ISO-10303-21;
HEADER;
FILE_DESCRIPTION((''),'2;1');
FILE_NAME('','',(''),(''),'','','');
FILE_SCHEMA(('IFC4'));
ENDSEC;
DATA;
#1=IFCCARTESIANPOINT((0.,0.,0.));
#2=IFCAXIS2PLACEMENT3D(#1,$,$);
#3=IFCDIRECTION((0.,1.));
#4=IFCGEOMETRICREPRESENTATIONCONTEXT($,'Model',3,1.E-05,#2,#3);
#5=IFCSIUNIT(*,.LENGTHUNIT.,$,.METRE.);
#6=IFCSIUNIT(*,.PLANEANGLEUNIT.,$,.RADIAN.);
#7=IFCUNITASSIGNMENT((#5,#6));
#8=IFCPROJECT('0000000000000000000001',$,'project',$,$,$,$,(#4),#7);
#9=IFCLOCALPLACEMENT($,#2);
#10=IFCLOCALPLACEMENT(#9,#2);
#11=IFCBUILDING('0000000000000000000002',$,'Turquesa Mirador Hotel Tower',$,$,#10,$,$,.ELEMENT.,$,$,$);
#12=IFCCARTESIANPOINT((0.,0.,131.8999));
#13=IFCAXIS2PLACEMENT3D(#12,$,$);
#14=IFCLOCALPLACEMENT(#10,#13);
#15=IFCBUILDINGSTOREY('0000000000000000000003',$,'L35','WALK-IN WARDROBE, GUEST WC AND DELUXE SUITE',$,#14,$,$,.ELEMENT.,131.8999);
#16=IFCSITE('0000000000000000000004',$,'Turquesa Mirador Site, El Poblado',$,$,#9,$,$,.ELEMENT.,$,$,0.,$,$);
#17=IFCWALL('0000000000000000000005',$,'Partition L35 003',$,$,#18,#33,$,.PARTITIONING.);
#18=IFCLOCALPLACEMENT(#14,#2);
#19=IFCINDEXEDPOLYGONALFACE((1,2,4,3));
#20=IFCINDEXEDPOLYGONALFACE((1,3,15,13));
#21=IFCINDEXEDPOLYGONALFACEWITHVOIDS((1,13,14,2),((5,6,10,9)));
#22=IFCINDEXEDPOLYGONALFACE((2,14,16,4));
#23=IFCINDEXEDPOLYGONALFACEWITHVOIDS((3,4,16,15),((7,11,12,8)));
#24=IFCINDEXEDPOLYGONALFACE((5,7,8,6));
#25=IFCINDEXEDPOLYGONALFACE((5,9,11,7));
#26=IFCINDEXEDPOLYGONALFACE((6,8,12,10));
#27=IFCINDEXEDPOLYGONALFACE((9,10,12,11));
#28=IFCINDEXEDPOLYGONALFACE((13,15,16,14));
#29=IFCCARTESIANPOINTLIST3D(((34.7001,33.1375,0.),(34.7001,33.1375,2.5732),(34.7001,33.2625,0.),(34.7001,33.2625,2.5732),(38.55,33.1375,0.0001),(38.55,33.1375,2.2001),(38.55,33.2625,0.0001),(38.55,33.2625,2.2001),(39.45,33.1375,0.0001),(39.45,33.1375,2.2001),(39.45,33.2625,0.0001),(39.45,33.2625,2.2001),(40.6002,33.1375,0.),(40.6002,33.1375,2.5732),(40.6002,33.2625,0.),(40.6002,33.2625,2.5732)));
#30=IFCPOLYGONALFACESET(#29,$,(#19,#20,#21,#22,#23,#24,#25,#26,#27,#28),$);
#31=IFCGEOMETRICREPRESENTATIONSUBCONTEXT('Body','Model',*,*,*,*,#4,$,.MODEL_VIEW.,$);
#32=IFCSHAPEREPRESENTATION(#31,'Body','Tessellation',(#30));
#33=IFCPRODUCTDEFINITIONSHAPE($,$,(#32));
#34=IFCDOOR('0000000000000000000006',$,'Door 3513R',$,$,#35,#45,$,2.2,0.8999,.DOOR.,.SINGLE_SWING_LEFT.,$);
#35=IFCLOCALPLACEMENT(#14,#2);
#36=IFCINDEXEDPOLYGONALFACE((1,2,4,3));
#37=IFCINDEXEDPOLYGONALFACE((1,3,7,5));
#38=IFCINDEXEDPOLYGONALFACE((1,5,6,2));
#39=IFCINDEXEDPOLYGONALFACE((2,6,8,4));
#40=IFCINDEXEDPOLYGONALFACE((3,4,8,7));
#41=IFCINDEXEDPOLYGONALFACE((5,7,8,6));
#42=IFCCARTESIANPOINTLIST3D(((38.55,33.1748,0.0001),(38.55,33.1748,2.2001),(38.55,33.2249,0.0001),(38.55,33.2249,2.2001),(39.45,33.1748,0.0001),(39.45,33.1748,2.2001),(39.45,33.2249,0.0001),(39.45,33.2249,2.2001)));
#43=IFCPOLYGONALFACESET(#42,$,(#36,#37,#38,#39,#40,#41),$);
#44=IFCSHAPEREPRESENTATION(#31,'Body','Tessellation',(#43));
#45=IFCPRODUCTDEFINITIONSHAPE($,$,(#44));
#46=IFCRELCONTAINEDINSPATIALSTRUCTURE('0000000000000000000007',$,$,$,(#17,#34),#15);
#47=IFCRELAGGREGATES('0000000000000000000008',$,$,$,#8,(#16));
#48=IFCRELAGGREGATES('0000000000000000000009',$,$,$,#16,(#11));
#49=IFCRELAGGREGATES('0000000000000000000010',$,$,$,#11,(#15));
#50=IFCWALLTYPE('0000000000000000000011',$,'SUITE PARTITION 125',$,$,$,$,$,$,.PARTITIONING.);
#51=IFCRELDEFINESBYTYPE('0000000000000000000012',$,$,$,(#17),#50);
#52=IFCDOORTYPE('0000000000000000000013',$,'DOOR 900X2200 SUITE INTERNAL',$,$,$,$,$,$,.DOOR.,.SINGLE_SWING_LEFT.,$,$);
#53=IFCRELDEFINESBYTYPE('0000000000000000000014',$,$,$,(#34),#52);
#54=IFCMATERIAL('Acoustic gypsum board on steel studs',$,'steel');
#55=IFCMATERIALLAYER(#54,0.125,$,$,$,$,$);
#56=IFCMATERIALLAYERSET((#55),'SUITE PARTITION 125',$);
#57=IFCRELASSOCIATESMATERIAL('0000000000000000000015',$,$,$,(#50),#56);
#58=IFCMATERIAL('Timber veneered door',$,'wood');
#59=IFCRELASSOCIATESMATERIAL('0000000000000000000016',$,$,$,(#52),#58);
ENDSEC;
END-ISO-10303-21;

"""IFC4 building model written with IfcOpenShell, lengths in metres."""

from ifc_helpers import new_model, si_unit, direction, frame, frame_2d, origin, place, context, subcontext, project, spatial, rectangle, extrude, material, layer, layer_set, type_object, element, fill, save


model = new_model("IFC4")

# Units and contexts
model_context = context("Model", 3, precision=1e-05, world=origin(), true_north=direction((0.0, 1.0)))
body_context = subcontext(model_context, "Body", "Model", "MODEL_VIEW")
ifc_project = project(units=[si_unit("LENGTHUNIT", "METRE"), si_unit("PLANEANGLEUNIT", "RADIAN")], contexts=[model_context])

# Site, building, storey
site_placement = place(None, origin())
site = spatial("IfcSite", under=ifc_project, at=site_placement, Name="Turquesa Mirador Site, El Poblado", CompositionType="ELEMENT", RefElevation=0.0)
building_placement = place(site_placement, origin())
building = spatial("IfcBuilding", under=site, at=building_placement, Name="Turquesa Mirador Hotel Tower", CompositionType="ELEMENT")
storey_placement = place(building_placement, frame((0.0, 0.0, 131.8999)))
storey = spatial("IfcBuildingStorey", under=building, at=storey_placement, Name="L35", Description="WALK-IN WARDROBE, GUEST WC AND DELUXE SUITE", CompositionType="ELEMENT", Elevation=131.8999)

# Wall, opening, door
ifc_material_1 = material(Name="Acoustic gypsum board on steel studs", Category="steel")
ifc_layer_1 = layer(ifc_material_1, 0.125)
ifc_layer_set_1 = layer_set([ifc_layer_1], Name="SUITE PARTITION 125")
wall_type_1 = type_object("IfcWallType", Name="SUITE PARTITION 125", PredefinedType="PARTITIONING", material=ifc_layer_set_1)
wall_1_placement = place(storey_placement, frame((34.7, 33.2, 0.0), z_axis=(0.0, 0.0, 1.0), x_axis=(1.0, 0.0, 0.0)))
wall_1 = element("IfcWall", 1, at=wall_1_placement, inside=storey, type_object=wall_type_1, Name="Partition L35 003", PredefinedType="PARTITIONING", context=body_context, shape_type="SweptSolid", body=[
    extrude(rectangle(XDim=5.9001, YDim=0.125, at=frame_2d((2.9502, 0.0))), origin(), (0.0, 0.0, 1.0), 2.5732),
])
opening_1_placement = place(wall_1_placement, frame((3.8501, 0.0, 0.0)))
opening_1 = element("IfcOpeningElement", 2, at=opening_1_placement, cuts=wall_1, PredefinedType="OPENING", context=body_context, shape_type="SweptSolid", body=[
    extrude(rectangle(XDim=0.8999, YDim=2.2, at=frame_2d((0.45, 1.1001))), frame((0.0, 0.0725, 0.0), z_axis=(0.0, -1.0, 0.0), x_axis=(1.0, 0.0, 0.0)), (0.0, 0.0, 1.0), 0.145),
])
ifc_material_2 = material(Name="Timber veneered door", Category="wood")
door_type_1 = type_object("IfcDoorType", Name="DOOR 900X2200 SUITE INTERNAL", OperationType="SINGLE_SWING_LEFT", PredefinedType="DOOR", material=ifc_material_2)
door_1_placement = place(opening_1_placement, origin())
door_1 = element("IfcDoor", 3, at=door_1_placement, inside=storey, type_object=door_type_1, Name="Door 3513R", OperationType="SINGLE_SWING_LEFT", OverallHeight=2.2, OverallWidth=0.8999, PredefinedType="DOOR", context=body_context, shape_type="SweptSolid", body=[
    extrude(rectangle(XDim=0.8999, YDim=2.2, at=frame_2d((0.45, 1.1001))), frame((0.0, 0.0249, 0.0), z_axis=(0.0, -1.0, 0.0), x_axis=(1.0, 0.0, 0.0)), (0.0, 0.0, 1.0), 0.05),
])
fill(opening_1, door_1)

save(model, "model.ifc")
